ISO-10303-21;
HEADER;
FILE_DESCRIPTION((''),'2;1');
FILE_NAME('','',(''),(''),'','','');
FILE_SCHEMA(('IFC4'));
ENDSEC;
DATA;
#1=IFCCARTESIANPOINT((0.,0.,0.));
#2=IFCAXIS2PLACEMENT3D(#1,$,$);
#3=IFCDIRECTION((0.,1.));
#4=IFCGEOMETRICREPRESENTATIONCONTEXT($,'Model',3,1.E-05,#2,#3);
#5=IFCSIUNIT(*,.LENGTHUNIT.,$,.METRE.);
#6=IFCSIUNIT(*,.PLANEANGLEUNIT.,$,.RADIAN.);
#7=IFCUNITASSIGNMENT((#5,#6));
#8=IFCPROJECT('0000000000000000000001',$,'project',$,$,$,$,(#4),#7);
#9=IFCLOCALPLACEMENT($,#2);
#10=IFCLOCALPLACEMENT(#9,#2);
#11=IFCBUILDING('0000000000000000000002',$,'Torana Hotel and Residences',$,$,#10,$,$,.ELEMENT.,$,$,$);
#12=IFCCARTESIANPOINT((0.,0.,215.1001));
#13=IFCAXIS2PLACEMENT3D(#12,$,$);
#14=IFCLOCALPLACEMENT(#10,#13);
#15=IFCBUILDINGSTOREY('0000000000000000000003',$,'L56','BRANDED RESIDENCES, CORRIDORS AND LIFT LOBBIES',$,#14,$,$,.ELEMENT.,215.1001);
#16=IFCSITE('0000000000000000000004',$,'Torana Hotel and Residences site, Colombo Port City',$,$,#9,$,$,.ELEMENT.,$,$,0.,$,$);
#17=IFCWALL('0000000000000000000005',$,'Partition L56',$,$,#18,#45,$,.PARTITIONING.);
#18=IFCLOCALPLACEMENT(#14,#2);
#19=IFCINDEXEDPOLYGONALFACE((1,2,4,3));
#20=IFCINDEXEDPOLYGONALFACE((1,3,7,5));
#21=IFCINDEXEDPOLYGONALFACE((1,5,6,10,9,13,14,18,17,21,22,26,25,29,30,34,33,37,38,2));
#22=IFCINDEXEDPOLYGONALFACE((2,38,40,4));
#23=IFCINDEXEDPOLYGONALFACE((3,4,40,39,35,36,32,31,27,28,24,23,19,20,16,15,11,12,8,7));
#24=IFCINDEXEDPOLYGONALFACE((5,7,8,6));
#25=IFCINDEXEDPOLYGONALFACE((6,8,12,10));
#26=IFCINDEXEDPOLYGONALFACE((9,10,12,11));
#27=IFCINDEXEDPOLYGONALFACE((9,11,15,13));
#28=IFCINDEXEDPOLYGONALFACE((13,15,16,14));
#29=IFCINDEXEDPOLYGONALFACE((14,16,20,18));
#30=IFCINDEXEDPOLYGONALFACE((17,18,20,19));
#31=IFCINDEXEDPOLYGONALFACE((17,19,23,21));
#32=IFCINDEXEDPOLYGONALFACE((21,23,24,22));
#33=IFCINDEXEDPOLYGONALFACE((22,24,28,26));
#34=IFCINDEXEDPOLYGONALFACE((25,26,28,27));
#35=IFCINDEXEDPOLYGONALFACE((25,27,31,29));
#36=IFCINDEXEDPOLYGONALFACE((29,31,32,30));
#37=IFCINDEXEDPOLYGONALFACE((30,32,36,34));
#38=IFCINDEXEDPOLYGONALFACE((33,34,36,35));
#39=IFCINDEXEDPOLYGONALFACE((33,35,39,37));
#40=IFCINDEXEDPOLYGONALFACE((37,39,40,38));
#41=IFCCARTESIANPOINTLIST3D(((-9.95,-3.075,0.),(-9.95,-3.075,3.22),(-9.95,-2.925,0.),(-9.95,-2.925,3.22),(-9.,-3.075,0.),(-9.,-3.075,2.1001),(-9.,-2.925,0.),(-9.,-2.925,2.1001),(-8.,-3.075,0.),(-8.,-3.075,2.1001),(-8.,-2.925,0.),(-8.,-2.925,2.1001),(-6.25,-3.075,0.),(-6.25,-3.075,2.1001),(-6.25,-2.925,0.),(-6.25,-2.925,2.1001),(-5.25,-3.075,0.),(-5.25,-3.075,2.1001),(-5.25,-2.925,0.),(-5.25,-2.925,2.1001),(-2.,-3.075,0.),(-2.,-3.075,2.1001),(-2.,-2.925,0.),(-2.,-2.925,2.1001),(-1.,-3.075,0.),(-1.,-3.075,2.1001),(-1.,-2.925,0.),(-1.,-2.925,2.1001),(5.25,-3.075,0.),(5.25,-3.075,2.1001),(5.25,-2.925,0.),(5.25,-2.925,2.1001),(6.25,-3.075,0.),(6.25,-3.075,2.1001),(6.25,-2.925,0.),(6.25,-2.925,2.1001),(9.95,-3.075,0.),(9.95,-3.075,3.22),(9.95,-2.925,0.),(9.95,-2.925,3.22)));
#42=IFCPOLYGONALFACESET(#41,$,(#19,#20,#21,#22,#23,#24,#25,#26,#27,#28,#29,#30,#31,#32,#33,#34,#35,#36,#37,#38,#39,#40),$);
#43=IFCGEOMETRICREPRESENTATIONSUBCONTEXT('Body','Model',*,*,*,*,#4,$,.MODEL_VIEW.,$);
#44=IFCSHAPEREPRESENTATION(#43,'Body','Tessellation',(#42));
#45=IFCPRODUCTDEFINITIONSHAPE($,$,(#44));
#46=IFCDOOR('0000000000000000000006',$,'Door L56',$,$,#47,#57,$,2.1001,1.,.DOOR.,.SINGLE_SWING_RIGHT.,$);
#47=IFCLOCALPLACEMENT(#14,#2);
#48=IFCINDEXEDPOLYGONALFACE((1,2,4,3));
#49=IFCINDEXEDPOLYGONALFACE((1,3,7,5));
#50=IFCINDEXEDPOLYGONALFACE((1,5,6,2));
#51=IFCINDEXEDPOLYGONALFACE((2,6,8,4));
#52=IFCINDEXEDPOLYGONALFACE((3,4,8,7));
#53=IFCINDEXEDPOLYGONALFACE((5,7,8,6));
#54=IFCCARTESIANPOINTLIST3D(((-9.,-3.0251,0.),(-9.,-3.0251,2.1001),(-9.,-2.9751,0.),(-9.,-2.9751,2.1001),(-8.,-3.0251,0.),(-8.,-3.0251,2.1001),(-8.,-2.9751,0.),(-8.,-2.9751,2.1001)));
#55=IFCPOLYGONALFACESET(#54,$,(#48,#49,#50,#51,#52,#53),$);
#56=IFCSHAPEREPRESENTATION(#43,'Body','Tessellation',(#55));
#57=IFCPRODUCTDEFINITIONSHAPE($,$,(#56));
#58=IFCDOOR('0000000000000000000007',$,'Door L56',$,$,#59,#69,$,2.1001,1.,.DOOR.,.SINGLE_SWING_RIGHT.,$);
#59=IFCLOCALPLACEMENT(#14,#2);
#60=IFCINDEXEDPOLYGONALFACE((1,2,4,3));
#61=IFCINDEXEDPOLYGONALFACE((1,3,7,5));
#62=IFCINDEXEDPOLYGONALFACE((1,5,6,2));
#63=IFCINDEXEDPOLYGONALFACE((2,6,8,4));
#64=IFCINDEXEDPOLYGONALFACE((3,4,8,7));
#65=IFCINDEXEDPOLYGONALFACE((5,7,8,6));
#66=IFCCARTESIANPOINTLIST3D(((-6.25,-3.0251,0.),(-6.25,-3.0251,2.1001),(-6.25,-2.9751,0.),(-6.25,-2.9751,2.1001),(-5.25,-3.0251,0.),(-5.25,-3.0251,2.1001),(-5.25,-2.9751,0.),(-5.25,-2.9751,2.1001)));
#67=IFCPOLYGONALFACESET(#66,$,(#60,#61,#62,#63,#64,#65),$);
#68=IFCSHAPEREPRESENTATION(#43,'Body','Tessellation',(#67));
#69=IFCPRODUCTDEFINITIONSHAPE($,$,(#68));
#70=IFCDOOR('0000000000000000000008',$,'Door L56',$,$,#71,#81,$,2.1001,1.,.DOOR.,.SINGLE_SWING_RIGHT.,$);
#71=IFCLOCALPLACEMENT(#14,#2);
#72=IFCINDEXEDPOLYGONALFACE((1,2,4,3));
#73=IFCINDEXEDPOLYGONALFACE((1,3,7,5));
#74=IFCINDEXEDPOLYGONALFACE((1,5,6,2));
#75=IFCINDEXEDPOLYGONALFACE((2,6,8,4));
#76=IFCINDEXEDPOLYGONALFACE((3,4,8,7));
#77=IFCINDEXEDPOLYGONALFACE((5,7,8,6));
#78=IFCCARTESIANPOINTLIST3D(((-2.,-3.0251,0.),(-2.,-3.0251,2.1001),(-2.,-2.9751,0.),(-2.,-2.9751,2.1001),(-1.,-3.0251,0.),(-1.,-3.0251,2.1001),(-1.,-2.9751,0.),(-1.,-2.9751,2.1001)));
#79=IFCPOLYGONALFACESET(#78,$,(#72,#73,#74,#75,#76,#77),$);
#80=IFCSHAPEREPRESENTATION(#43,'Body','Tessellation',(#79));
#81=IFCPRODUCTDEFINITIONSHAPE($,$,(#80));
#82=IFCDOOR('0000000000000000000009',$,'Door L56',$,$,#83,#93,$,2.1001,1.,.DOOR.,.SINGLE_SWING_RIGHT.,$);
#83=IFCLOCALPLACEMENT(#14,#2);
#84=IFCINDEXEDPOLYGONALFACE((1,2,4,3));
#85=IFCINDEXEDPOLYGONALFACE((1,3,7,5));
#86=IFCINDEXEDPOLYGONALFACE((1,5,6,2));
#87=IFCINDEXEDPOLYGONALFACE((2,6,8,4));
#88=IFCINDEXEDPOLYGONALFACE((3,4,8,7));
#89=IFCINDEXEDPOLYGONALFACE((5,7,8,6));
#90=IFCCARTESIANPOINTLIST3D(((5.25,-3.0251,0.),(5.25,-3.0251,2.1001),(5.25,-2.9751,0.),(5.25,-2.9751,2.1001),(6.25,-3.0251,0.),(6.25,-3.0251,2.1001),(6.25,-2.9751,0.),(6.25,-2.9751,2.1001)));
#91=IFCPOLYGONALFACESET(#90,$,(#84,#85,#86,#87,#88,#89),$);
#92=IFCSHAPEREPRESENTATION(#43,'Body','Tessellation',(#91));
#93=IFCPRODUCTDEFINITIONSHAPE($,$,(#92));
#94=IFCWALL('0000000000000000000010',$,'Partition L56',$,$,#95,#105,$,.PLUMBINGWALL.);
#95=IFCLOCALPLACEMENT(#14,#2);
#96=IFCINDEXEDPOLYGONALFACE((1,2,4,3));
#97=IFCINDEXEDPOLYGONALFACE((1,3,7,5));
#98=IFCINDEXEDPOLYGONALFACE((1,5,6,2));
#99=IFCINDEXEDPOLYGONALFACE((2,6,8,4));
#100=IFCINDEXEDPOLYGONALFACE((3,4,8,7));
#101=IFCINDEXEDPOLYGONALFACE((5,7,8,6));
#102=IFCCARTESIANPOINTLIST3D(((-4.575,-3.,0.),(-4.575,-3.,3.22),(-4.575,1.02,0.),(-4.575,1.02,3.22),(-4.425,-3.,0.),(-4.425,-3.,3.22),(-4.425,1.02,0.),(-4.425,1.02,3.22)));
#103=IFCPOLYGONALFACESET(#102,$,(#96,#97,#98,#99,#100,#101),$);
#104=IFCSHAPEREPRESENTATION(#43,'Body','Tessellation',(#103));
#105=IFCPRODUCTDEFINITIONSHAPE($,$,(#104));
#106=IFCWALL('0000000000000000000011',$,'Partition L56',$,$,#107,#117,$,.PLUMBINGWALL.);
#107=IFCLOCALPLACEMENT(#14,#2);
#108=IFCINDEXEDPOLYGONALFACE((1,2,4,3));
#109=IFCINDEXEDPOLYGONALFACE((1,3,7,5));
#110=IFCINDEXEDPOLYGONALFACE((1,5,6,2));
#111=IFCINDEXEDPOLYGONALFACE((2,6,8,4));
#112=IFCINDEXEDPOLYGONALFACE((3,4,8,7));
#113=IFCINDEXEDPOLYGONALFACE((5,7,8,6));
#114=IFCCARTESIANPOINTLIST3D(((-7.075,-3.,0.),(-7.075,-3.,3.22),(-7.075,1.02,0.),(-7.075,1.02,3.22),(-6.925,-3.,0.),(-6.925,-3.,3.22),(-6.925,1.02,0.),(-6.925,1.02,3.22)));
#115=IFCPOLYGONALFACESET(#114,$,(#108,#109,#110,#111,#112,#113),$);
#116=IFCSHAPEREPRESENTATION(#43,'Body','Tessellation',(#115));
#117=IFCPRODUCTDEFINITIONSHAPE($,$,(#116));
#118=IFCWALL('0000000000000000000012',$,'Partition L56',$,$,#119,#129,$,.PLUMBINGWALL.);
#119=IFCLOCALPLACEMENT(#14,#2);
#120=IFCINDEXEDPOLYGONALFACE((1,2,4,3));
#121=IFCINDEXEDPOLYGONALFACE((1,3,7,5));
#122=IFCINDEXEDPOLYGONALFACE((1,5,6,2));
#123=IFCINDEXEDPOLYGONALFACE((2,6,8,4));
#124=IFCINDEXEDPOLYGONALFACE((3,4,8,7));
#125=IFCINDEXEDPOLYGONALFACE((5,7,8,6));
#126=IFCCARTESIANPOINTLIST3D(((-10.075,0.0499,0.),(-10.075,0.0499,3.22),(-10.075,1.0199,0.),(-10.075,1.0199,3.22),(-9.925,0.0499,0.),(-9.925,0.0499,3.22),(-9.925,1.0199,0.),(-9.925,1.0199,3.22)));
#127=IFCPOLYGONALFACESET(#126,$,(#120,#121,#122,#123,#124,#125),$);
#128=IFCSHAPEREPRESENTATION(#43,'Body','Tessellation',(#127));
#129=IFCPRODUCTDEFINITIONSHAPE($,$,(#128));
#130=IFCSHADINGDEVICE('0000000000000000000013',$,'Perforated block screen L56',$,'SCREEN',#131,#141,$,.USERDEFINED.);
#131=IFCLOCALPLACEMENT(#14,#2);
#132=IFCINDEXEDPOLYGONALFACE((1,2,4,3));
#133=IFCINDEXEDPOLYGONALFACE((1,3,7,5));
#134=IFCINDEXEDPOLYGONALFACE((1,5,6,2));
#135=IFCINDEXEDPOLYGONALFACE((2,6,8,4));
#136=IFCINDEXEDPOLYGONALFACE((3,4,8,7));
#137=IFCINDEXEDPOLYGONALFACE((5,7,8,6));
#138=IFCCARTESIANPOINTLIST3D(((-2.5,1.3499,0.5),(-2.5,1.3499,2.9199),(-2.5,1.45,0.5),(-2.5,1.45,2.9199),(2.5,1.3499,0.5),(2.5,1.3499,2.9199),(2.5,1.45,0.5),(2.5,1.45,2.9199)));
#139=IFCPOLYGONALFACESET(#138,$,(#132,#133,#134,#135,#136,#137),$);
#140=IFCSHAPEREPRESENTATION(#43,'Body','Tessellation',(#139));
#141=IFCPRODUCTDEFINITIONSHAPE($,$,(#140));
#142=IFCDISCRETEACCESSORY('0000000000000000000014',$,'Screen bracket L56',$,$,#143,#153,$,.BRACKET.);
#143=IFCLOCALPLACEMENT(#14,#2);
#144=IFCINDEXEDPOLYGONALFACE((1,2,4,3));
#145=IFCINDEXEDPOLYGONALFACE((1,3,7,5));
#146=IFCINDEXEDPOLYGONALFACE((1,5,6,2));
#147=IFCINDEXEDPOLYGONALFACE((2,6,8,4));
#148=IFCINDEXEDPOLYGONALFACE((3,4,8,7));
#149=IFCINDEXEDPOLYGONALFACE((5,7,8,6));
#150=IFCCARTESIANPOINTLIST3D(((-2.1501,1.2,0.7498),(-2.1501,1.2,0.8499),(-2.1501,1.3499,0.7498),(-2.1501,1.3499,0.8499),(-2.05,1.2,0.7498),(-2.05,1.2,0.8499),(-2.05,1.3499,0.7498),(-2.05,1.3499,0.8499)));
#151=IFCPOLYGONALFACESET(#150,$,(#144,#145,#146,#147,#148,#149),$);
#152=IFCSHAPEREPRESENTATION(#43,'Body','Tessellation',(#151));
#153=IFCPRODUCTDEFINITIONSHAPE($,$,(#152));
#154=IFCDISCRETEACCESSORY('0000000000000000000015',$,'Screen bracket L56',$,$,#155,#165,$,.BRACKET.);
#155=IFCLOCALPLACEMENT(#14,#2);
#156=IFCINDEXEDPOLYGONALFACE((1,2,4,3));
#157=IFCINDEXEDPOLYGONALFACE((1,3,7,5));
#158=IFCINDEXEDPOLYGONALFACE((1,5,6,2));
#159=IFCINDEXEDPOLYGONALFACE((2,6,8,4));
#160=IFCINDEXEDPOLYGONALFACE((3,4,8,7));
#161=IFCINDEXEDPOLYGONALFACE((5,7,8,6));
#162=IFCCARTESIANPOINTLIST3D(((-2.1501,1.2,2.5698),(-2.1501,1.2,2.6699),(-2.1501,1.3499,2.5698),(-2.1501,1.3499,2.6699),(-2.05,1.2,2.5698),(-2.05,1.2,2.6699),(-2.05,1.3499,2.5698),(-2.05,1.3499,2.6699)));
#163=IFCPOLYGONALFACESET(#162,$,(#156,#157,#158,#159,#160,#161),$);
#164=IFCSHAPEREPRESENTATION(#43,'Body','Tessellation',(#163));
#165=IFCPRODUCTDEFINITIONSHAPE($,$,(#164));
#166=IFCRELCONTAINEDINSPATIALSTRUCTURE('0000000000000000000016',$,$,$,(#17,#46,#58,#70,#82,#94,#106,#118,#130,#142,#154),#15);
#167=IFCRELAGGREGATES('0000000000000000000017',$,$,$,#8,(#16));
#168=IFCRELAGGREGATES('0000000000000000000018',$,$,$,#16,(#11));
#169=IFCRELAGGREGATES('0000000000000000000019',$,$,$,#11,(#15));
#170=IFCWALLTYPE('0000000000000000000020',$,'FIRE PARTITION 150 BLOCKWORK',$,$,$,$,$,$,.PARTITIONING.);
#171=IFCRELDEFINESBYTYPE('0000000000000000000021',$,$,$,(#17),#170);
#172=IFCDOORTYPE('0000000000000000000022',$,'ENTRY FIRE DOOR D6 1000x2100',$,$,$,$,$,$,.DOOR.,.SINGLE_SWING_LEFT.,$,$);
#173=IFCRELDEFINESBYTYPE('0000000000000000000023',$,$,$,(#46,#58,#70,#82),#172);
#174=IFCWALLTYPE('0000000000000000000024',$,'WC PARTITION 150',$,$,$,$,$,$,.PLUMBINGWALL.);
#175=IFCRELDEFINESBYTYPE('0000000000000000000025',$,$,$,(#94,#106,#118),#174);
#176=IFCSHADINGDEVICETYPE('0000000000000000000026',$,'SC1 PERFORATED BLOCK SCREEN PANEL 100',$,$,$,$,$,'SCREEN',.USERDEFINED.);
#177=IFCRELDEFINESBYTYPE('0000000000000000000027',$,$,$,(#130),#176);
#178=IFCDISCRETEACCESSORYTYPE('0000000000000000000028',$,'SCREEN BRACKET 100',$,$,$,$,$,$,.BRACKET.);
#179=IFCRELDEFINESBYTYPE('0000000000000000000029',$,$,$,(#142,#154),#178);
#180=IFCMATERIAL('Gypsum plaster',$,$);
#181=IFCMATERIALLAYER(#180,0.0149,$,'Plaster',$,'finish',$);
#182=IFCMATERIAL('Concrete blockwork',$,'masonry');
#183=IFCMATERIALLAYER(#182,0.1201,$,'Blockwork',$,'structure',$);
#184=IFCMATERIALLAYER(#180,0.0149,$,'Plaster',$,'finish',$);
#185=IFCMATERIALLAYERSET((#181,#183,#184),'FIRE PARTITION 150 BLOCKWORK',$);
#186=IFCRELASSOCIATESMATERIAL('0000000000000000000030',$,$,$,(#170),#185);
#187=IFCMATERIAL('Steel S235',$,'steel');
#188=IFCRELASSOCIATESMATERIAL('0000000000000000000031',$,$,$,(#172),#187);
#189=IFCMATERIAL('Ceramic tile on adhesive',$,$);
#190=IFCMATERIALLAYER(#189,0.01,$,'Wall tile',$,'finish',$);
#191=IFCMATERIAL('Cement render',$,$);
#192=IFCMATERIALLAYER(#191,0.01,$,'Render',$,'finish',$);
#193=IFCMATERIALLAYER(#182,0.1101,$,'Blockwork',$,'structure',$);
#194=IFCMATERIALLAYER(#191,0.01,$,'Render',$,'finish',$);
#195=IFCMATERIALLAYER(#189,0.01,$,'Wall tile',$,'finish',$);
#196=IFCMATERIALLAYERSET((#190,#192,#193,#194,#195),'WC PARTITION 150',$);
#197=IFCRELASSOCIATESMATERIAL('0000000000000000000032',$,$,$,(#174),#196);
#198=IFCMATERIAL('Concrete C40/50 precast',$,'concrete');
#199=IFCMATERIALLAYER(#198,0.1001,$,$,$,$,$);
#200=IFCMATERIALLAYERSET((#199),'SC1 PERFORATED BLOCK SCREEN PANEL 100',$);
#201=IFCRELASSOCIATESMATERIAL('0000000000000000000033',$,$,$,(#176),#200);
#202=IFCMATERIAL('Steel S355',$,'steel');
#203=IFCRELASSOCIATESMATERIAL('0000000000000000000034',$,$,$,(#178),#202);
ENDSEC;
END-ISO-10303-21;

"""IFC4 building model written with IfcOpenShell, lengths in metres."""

from ifc_helpers import new_model, si_unit, direction, frame, frame_2d, origin, origin_2d, place, context, subcontext, project, spatial, rectangle, extrude, material, layer, layer_set, type_object, element, fill, save


model = new_model("IFC4")

# Units and contexts
model_context = context("Model", 3, precision=1e-05, world=origin(), true_north=direction((0.0, 1.0)))
body_context = subcontext(model_context, "Body", "Model", "MODEL_VIEW")
ifc_project = project(units=[si_unit("LENGTHUNIT", "METRE"), si_unit("PLANEANGLEUNIT", "RADIAN")], contexts=[model_context])

# Site, building, storey
site_placement = place(None, origin())
site = spatial("IfcSite", under=ifc_project, at=site_placement, Name="Torana Hotel and Residences site, Colombo Port City", CompositionType="ELEMENT", RefElevation=0.0)
building_placement = place(site_placement, origin())
building = spatial("IfcBuilding", under=site, at=building_placement, Name="Torana Hotel and Residences", CompositionType="ELEMENT")
storey_placement = place(building_placement, frame((0.0, 0.0, 215.1001)))
storey = spatial("IfcBuildingStorey", under=building, at=storey_placement, Name="L56", Description="BRANDED RESIDENCES, CORRIDORS AND LIFT LOBBIES", CompositionType="ELEMENT", Elevation=215.1001)

# Shared definitions
ifc_material_1 = material(Name="Gypsum plaster")
ifc_layer_1 = layer(ifc_material_1, 0.0149, Name="Plaster", Category="finish")
ifc_material_2 = material(Name="Concrete blockwork", Category="masonry")
ifc_layer_2 = layer(ifc_material_2, 0.1201, Name="Blockwork", Category="structure")
ifc_layer_3 = layer(ifc_material_1, 0.0149, Name="Plaster", Category="finish")
ifc_layer_set_1 = layer_set([ifc_layer_1, ifc_layer_2, ifc_layer_3], Name="FIRE PARTITION 150 BLOCKWORK")
wall_type_1 = type_object("IfcWallType", Name="FIRE PARTITION 150 BLOCKWORK", PredefinedType="PARTITIONING", material=ifc_layer_set_1)

# Wall, openings, doors
ifc_material_3 = material(Name="Steel S235", Category="steel")
door_type = type_object("IfcDoorType", Name="ENTRY FIRE DOOR D6 1000x2100", OperationType="SINGLE_SWING_LEFT", PredefinedType="DOOR", material=ifc_material_3)
wall_1_placement = place(storey_placement, frame((-9.95, -3.0, 0.0), z_axis=(0.0, 0.0, 1.0), x_axis=(1.0, 0.0, 0.0)))
wall_1 = element("IfcWall", 1, at=wall_1_placement, inside=storey, type_object=wall_type_1, Name="Partition L56", PredefinedType="PARTITIONING", context=body_context, shape_type="SweptSolid", body=[
    extrude(rectangle(XDim=19.8999, YDim=0.1499, at=frame_2d((9.95, 0.0))), origin(), (0.0, 0.0, 1.0), 3.22),
])
opening_1_placement = place(wall_1_placement, frame((0.95, 0.0, 0.0)))
opening_1 = element("IfcOpeningElement", 2, at=opening_1_placement, cuts=wall_1, PredefinedType="OPENING", context=body_context, shape_type="SweptSolid", body=[
    extrude(rectangle(XDim=1.0, YDim=2.1001, at=frame_2d((0.5, 1.05))), frame((0.0, 0.085, 0.0), z_axis=(0.0, -1.0, 0.0), x_axis=(1.0, 0.0, 0.0)), (0.0, 0.0, 1.0), 0.1699),
])
opening_2_placement = place(wall_1_placement, frame((3.7, 0.0, 0.0)))
opening_2 = element("IfcOpeningElement", 3, at=opening_2_placement, cuts=wall_1, PredefinedType="OPENING", context=body_context, shape_type="SweptSolid", body=[
    extrude(rectangle(XDim=1.0, YDim=2.1001, at=frame_2d((0.5, 1.05))), frame((0.0, 0.085, 0.0), z_axis=(0.0, -1.0, 0.0), x_axis=(1.0, 0.0, 0.0)), (0.0, 0.0, 1.0), 0.1699),
])
opening_3_placement = place(wall_1_placement, frame((7.95, 0.0, 0.0)))
opening_3 = element("IfcOpeningElement", 4, at=opening_3_placement, cuts=wall_1, PredefinedType="OPENING", context=body_context, shape_type="SweptSolid", body=[
    extrude(rectangle(XDim=1.0, YDim=2.1001, at=frame_2d((0.5, 1.05))), frame((0.0, 0.085, 0.0), z_axis=(0.0, -1.0, 0.0), x_axis=(1.0, 0.0, 0.0)), (0.0, 0.0, 1.0), 0.1699),
])
opening_4_placement = place(wall_1_placement, frame((15.2, 0.0, 0.0)))
opening_4 = element("IfcOpeningElement", 5, at=opening_4_placement, cuts=wall_1, PredefinedType="OPENING", context=body_context, shape_type="SweptSolid", body=[
    extrude(rectangle(XDim=1.0, YDim=2.1001, at=frame_2d((0.5, 1.05))), frame((0.0, 0.085, 0.0), z_axis=(0.0, -1.0, 0.0), x_axis=(1.0, 0.0, 0.0)), (0.0, 0.0, 1.0), 0.1699),
])
door_1_placement = place(opening_1_placement, origin())
door_1 = element("IfcDoor", 6, at=door_1_placement, inside=storey, type_object=door_type, Name="Door L56", OperationType="SINGLE_SWING_RIGHT", OverallHeight=2.1001, OverallWidth=1.0, PredefinedType="DOOR", context=body_context, shape_type="SweptSolid", body=[
    extrude(rectangle(XDim=1.0, YDim=2.1001, at=frame_2d((0.5, 1.05))), frame((0.0, 0.0249, 0.0), z_axis=(0.0, -1.0, 0.0), x_axis=(1.0, 0.0, 0.0)), (0.0, 0.0, 1.0), 0.05),
])
fill(opening_1, door_1)
door_2_placement = place(opening_2_placement, origin())
door_2 = element("IfcDoor", 7, at=door_2_placement, inside=storey, type_object=door_type, Name="Door L56", OperationType="SINGLE_SWING_RIGHT", OverallHeight=2.1001, OverallWidth=1.0, PredefinedType="DOOR", context=body_context, shape_type="SweptSolid", body=[
    extrude(rectangle(XDim=1.0, YDim=2.1001, at=frame_2d((0.5, 1.05))), frame((0.0, 0.0249, 0.0), z_axis=(0.0, -1.0, 0.0), x_axis=(1.0, 0.0, 0.0)), (0.0, 0.0, 1.0), 0.05),
])
fill(opening_2, door_2)
door_3_placement = place(opening_3_placement, origin())
door_3 = element("IfcDoor", 8, at=door_3_placement, inside=storey, type_object=door_type, Name="Door L56", OperationType="SINGLE_SWING_RIGHT", OverallHeight=2.1001, OverallWidth=1.0, PredefinedType="DOOR", context=body_context, shape_type="SweptSolid", body=[
    extrude(rectangle(XDim=1.0, YDim=2.1001, at=frame_2d((0.5, 1.05))), frame((0.0, 0.0249, 0.0), z_axis=(0.0, -1.0, 0.0), x_axis=(1.0, 0.0, 0.0)), (0.0, 0.0, 1.0), 0.05),
])
fill(opening_3, door_3)
door_4_placement = place(opening_4_placement, origin())
door_4 = element("IfcDoor", 9, at=door_4_placement, inside=storey, type_object=door_type, Name="Door L56", OperationType="SINGLE_SWING_RIGHT", OverallHeight=2.1001, OverallWidth=1.0, PredefinedType="DOOR", context=body_context, shape_type="SweptSolid", body=[
    extrude(rectangle(XDim=1.0, YDim=2.1001, at=frame_2d((0.5, 1.05))), frame((0.0, 0.0249, 0.0), z_axis=(0.0, -1.0, 0.0), x_axis=(1.0, 0.0, 0.0)), (0.0, 0.0, 1.0), 0.05),
])
fill(opening_4, door_4)

# Walls
ifc_material_4 = material(Name="Ceramic tile on adhesive")
ifc_layer_4 = layer(ifc_material_4, 0.01, Name="Wall tile", Category="finish")
ifc_material_5 = material(Name="Cement render")
ifc_layer_5 = layer(ifc_material_5, 0.01, Name="Render", Category="finish")
ifc_layer_6 = layer(ifc_material_2, 0.1101, Name="Blockwork", Category="structure")
ifc_layer_7 = layer(ifc_material_5, 0.01, Name="Render", Category="finish")
ifc_layer_8 = layer(ifc_material_4, 0.01, Name="Wall tile", Category="finish")
ifc_layer_set_2 = layer_set([ifc_layer_4, ifc_layer_5, ifc_layer_6, ifc_layer_7, ifc_layer_8], Name="WC PARTITION 150")
wall_type_2 = type_object("IfcWallType", Name="WC PARTITION 150", PredefinedType="PLUMBINGWALL", material=ifc_layer_set_2)
for number, where, z_axis, x_axis, name in (
    (10, (-4.5, -3.0, 0.0), (0.0, 0.0, 1.0), (0.0, 1.0, 0.0), "Partition L56"),
    (11, (-7.0, -3.0, 0.0), (0.0, 0.0, 1.0), (0.0, 1.0, 0.0), "Partition L56"),
):
    element("IfcWall", number, at=place(storey_placement, frame(where, z_axis=z_axis, x_axis=x_axis)), inside=storey, type_object=wall_type_2, Name=name, PredefinedType="PLUMBINGWALL", context=body_context, shape_type="SweptSolid", body=[
        extrude(rectangle(XDim=4.02, YDim=0.1499, at=frame_2d((2.01, 0.0))), origin(), (0.0, 0.0, 1.0), 3.22),
    ])
wall_2_placement = place(storey_placement, frame((-10.0, 0.05, 0.0), z_axis=(0.0, 0.0, 1.0), x_axis=(0.0, 1.0, 0.0)))
element("IfcWall", 12, at=wall_2_placement, inside=storey, type_object=wall_type_2, Name="Partition L56", PredefinedType="PLUMBINGWALL", context=body_context, shape_type="SweptSolid", body=[
    extrude(rectangle(XDim=0.97, YDim=0.1499, at=frame_2d((0.4849, 0.0))), origin(), (0.0, 0.0, 1.0), 3.22),
])

# Shading device
ifc_material_6 = material(Name="Concrete C40/50 precast", Category="concrete")
ifc_layer_9 = layer(ifc_material_6, 0.1001)
ifc_layer_set_3 = layer_set([ifc_layer_9], Name="SC1 PERFORATED BLOCK SCREEN PANEL 100")
shading_device_type = type_object("IfcShadingDeviceType", Name="SC1 PERFORATED BLOCK SCREEN PANEL 100", ElementType="SCREEN", PredefinedType="USERDEFINED", material=ifc_layer_set_3)
shading_device_placement = place(storey_placement, frame((0.0, 1.3999, 0.5), z_axis=(0.0, 0.0, 1.0), x_axis=(-1.0, 0.0, 0.0)))
element("IfcShadingDevice", 13, at=shading_device_placement, inside=storey, type_object=shading_device_type, Name="Perforated block screen L56", ObjectType="SCREEN", PredefinedType="USERDEFINED", context=body_context, shape_type="SweptSolid", body=[
    extrude(rectangle(XDim=5.0, YDim=0.1001, at=origin_2d()), origin(), (0.0, 0.0, 1.0), 2.4199),
])

# Discrete accessories
ifc_material_7 = material(Name="Steel S355", Category="steel")
discrete_accessory_type = type_object("IfcDiscreteAccessoryType", Name="SCREEN BRACKET 100", PredefinedType="BRACKET", material=ifc_material_7)
for number, where, z_axis, x_axis, name in (
    (14, (-2.1001, 1.2749, 0.7498), (0.0, 0.0, 1.0), (-1.0, 0.0, 0.0), "Screen bracket L56"),
    (15, (-2.1001, 1.2749, 2.5698), (0.0, 0.0, 1.0), (-1.0, 0.0, 0.0), "Screen bracket L56"),
):
    element("IfcDiscreteAccessory", number, at=place(storey_placement, frame(where, z_axis=z_axis, x_axis=x_axis)), inside=storey, type_object=discrete_accessory_type, Name=name, PredefinedType="BRACKET", context=body_context, shape_type="SweptSolid", body=[
        extrude(rectangle(XDim=0.1001, YDim=0.1499, at=origin_2d()), origin(), (0.0, 0.0, 1.0), 0.1001),
    ])

save(model, "model.ifc")
